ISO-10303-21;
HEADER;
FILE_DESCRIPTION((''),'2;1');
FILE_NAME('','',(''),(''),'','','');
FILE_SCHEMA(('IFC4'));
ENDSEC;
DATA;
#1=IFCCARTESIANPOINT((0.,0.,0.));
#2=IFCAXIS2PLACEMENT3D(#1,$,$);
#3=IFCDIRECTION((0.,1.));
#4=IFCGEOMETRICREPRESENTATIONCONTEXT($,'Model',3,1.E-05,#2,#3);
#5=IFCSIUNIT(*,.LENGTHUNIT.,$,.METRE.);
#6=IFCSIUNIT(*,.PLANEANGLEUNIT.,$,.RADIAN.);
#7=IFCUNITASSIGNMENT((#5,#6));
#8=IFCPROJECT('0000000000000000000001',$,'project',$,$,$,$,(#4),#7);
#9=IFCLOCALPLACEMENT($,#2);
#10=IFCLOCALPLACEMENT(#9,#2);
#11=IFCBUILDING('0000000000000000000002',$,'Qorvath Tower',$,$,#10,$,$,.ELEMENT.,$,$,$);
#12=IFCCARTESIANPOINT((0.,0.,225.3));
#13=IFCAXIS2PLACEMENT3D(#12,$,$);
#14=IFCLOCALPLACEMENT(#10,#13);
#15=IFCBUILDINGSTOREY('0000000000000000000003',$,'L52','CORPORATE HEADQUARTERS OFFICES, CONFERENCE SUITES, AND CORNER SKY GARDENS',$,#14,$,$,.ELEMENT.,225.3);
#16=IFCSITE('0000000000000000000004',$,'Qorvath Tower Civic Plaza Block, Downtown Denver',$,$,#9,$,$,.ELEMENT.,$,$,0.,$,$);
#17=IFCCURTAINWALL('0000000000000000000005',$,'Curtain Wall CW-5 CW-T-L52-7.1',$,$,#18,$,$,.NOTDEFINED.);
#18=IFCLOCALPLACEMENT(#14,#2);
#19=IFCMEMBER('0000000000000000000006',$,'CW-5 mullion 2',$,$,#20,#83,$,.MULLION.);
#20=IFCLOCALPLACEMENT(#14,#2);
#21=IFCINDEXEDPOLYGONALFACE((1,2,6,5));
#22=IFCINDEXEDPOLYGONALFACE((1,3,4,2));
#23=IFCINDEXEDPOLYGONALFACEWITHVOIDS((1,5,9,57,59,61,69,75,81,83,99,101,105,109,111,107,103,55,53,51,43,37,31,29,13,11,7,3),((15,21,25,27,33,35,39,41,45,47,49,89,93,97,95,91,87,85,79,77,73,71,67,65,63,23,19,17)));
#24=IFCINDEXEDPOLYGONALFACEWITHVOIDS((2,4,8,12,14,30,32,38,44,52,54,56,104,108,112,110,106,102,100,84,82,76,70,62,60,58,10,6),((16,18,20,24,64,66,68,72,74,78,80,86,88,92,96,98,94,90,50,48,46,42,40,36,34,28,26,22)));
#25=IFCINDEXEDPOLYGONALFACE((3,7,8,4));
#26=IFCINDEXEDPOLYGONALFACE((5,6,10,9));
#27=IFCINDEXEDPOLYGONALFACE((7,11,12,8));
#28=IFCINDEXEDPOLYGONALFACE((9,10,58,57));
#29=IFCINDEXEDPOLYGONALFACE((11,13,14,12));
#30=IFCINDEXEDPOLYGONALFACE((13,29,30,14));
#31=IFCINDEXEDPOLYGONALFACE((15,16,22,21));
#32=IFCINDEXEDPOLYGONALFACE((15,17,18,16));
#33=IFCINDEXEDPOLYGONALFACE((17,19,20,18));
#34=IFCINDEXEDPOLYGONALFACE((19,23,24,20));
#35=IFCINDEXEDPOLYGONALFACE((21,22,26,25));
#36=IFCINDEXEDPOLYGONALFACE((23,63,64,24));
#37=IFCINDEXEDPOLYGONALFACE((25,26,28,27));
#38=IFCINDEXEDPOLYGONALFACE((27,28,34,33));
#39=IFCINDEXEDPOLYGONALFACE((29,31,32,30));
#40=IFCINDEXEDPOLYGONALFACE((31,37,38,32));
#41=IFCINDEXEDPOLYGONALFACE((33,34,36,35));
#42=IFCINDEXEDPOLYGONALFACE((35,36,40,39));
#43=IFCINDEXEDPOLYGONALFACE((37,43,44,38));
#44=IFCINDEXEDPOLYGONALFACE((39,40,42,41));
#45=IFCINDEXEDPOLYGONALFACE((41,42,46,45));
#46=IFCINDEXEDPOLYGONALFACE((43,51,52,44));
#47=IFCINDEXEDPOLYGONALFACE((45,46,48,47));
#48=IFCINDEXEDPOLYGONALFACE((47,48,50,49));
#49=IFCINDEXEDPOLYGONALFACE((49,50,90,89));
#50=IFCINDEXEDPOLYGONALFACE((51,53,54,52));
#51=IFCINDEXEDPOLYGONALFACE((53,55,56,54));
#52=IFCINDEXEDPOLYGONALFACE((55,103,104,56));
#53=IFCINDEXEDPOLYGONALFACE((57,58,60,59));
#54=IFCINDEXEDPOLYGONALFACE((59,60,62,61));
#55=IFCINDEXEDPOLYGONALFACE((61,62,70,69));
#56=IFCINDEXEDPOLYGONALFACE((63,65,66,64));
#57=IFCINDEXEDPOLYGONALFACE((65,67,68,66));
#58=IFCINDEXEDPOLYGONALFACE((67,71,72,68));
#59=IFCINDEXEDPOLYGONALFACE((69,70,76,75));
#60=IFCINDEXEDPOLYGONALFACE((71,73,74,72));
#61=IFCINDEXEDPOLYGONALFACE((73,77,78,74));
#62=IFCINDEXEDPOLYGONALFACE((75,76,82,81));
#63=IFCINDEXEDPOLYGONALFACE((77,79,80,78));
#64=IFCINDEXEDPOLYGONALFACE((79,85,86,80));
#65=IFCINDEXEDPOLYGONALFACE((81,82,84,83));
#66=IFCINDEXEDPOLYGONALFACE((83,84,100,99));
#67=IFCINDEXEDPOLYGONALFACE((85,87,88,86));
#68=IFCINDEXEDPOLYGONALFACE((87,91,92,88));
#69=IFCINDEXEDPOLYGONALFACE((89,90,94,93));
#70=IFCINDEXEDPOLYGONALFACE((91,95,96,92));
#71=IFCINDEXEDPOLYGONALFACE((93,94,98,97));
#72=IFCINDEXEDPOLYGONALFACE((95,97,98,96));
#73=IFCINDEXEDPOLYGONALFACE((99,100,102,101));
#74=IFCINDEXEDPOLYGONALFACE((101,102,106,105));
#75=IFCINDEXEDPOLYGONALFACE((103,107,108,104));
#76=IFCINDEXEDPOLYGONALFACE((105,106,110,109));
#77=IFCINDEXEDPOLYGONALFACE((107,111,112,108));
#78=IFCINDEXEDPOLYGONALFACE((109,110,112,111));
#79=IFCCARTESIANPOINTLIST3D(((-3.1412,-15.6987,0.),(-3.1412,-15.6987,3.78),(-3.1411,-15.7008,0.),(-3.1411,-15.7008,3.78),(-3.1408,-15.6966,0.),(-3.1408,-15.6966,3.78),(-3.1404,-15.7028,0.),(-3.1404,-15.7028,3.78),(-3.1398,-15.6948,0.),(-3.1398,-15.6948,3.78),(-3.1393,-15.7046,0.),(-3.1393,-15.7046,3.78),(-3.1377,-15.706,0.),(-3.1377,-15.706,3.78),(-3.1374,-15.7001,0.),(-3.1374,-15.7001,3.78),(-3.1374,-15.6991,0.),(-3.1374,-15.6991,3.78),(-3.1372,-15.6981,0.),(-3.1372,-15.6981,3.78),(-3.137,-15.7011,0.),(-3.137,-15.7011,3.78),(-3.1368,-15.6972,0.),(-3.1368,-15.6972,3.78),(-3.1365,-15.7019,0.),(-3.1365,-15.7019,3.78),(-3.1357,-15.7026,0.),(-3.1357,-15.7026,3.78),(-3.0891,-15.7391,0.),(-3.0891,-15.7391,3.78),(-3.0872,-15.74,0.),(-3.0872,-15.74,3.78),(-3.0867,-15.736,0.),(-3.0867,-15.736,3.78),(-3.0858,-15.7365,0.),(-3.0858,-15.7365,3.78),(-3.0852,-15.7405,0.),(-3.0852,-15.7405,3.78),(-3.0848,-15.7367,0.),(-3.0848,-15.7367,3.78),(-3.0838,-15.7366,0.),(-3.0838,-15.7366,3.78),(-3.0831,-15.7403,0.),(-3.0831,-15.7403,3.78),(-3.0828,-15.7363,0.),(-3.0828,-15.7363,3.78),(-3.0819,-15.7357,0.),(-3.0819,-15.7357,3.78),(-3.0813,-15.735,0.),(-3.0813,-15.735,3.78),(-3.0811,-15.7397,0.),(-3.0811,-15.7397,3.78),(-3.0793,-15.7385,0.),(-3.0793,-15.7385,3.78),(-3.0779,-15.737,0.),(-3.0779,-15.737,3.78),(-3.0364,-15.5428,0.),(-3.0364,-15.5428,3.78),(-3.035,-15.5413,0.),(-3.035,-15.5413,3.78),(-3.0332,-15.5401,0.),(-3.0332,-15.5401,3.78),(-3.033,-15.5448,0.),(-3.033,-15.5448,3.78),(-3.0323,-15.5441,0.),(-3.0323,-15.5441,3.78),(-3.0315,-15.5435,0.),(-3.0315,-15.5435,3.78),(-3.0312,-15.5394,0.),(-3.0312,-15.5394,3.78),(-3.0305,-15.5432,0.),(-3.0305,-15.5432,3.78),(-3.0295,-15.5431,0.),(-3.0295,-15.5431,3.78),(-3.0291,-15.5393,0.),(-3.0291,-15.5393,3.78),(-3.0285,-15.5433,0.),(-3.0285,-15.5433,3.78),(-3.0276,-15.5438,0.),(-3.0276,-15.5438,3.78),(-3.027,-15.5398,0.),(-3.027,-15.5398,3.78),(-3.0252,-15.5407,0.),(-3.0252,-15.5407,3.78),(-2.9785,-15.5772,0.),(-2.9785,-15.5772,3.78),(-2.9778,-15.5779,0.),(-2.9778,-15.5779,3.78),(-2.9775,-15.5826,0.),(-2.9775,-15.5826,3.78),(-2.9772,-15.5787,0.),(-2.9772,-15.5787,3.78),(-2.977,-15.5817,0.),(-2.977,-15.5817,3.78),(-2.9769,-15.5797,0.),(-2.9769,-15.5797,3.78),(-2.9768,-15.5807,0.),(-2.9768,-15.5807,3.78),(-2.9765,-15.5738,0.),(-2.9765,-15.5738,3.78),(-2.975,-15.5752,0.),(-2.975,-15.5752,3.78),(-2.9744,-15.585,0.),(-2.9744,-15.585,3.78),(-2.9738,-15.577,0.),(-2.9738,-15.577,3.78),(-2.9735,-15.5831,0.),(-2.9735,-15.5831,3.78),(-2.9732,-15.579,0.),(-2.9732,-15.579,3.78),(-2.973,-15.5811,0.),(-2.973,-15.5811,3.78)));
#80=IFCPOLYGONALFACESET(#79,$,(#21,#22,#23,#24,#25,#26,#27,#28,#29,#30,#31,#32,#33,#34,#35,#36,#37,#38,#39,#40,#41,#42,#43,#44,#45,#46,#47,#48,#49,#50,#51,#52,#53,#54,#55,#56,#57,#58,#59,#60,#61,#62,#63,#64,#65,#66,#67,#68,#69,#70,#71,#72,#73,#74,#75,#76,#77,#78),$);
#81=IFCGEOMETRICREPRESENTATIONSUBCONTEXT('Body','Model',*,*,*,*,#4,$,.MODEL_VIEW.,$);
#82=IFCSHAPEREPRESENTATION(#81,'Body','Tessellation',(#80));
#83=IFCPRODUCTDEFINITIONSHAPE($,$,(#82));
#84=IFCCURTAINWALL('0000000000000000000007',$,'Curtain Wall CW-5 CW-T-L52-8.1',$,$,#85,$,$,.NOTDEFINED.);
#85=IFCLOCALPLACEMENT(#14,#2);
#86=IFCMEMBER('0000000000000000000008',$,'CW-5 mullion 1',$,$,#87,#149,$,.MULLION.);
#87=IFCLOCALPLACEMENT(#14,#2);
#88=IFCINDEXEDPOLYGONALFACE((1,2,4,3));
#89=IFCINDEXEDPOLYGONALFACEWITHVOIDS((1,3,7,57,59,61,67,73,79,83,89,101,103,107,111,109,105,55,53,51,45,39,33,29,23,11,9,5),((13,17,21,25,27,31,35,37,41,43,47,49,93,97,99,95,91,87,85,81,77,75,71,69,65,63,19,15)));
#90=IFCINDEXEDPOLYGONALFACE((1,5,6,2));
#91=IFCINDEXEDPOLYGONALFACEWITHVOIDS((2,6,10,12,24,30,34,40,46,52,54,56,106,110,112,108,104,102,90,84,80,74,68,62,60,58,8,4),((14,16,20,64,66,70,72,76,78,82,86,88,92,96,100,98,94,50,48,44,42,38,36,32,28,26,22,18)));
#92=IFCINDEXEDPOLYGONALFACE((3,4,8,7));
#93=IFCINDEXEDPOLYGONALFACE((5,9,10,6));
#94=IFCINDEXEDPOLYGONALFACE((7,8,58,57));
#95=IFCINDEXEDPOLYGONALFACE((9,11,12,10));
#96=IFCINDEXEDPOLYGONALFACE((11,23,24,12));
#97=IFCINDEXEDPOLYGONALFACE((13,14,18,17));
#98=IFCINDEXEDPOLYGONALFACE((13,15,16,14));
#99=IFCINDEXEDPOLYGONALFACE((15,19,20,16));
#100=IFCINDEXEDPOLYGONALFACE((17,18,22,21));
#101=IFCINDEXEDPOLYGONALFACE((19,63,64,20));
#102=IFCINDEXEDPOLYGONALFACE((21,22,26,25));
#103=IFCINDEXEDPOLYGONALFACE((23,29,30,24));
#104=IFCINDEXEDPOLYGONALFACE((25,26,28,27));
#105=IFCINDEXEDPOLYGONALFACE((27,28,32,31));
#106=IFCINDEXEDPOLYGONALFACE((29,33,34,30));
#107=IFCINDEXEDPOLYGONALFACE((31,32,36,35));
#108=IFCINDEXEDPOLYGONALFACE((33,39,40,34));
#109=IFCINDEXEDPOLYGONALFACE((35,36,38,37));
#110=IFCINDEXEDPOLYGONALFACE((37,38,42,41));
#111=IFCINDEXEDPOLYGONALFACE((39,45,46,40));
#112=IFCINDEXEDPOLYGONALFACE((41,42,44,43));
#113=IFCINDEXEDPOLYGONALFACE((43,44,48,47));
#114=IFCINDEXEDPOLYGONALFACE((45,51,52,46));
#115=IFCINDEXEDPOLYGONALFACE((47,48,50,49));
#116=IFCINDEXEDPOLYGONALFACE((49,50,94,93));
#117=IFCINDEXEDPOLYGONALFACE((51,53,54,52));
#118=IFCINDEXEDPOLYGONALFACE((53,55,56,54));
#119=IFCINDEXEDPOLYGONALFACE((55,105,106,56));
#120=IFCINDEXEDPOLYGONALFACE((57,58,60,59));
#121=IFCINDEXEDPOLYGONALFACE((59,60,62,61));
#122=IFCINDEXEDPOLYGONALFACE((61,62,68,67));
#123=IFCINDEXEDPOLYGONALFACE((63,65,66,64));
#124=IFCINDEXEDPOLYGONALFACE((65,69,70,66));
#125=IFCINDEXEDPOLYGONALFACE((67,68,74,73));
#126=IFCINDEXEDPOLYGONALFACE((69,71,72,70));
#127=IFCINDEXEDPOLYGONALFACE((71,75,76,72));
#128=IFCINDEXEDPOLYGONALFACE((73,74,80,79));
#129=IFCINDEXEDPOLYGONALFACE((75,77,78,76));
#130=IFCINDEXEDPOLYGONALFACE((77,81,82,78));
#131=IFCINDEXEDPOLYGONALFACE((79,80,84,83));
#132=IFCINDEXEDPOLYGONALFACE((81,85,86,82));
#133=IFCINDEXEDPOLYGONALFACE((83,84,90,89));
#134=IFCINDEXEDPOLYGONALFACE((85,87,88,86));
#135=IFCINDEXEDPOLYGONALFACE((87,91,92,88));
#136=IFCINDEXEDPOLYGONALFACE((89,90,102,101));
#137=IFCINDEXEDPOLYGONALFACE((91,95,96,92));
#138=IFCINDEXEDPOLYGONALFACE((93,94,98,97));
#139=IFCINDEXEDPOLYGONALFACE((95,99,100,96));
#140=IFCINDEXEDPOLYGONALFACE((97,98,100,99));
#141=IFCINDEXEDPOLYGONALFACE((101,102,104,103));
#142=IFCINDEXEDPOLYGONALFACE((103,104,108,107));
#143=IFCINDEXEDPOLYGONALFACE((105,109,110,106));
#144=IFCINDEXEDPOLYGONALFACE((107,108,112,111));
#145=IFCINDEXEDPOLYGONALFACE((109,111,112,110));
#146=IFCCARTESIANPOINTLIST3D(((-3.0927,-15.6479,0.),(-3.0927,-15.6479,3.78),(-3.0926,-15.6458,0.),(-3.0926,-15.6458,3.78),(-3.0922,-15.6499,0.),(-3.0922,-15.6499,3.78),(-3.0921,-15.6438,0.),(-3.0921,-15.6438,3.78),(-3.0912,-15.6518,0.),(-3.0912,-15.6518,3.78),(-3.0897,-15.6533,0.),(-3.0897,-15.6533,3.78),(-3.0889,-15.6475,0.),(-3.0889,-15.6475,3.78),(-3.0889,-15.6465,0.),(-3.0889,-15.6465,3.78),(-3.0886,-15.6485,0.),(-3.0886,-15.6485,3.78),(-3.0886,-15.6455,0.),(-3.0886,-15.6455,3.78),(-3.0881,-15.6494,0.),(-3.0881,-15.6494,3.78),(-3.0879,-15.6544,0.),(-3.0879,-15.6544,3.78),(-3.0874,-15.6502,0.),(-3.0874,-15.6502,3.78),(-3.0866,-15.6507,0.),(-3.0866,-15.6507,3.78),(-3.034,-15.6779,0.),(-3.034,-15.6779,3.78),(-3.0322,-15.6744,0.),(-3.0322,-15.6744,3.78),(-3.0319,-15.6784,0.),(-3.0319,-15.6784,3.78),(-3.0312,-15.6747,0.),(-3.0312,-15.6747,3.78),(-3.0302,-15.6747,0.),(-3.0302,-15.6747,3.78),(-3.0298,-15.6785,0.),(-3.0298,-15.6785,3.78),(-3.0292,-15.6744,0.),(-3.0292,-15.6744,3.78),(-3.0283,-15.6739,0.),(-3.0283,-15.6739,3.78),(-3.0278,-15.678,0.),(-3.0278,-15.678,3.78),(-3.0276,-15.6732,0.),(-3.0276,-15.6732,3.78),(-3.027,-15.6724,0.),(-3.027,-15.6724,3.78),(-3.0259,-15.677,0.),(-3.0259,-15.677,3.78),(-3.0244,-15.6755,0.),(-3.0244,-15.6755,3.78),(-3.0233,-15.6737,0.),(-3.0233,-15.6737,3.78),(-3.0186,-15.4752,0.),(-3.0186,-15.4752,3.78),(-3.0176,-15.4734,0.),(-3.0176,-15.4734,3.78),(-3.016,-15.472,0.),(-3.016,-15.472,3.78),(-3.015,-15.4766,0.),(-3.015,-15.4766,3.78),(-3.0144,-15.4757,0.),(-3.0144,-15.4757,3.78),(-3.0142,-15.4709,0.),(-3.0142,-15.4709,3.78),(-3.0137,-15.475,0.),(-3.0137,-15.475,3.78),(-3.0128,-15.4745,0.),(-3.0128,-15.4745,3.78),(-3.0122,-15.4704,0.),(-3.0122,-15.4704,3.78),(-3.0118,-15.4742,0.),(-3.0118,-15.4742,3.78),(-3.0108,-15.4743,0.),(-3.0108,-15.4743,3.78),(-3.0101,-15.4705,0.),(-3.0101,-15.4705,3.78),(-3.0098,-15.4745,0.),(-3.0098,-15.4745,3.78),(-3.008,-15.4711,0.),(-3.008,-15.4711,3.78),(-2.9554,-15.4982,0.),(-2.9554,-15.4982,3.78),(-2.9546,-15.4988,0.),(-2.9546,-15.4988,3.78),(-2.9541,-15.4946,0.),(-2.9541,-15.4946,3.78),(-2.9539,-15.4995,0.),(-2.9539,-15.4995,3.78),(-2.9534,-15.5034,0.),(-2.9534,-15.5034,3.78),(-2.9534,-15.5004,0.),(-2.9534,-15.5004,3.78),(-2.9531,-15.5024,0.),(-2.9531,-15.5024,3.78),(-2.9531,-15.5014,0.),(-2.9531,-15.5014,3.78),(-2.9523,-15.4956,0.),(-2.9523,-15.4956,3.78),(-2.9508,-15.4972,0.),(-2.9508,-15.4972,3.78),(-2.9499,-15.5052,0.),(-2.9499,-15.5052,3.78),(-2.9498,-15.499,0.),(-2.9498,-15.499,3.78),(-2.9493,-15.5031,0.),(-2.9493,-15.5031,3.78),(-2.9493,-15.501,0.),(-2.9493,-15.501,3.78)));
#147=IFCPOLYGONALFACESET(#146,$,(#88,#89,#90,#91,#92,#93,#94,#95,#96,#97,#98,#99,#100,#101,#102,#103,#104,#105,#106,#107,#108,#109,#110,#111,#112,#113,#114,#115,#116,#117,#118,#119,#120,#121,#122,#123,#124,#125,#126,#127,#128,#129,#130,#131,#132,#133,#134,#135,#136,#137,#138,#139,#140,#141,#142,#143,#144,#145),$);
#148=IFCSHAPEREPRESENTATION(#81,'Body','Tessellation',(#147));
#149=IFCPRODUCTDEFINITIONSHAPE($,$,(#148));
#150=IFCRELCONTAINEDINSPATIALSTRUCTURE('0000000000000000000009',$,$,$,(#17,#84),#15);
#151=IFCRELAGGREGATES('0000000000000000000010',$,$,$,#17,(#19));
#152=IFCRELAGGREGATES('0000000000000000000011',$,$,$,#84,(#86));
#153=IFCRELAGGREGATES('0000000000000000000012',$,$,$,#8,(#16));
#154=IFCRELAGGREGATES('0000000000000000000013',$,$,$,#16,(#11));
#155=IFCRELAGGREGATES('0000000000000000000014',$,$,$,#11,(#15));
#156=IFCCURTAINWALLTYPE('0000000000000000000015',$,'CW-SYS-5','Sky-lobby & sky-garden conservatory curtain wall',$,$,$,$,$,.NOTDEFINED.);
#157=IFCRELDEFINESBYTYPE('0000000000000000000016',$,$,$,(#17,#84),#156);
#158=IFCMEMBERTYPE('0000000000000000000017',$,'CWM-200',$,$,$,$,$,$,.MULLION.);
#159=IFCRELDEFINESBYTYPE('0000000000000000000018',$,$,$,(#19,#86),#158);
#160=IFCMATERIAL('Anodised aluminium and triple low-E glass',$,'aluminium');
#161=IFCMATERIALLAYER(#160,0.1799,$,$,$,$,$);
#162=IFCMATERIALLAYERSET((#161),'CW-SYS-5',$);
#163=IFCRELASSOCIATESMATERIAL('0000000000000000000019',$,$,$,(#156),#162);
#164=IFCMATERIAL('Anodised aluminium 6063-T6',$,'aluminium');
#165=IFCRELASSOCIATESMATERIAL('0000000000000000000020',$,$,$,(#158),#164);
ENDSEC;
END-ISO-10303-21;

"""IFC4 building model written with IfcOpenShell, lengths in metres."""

from ifc_helpers import new_model, si_unit, direction, frame, origin, origin_2d, place, context, subcontext, project, spatial, hollow_rectangle, extrude, material, layer, layer_set, material_profile, profile_set, type_object, element, aggregate, save


model = new_model("IFC4")

# Units and contexts
model_context = context("Model", 3, precision=1e-05, world=origin(), true_north=direction((0.0, 1.0)))
body_context = subcontext(model_context, "Body", "Model", "MODEL_VIEW")
ifc_project = project(units=[si_unit("LENGTHUNIT", "METRE"), si_unit("PLANEANGLEUNIT", "RADIAN")], contexts=[model_context])

# Site, building, storey
site_placement = place(None, origin())
site = spatial("IfcSite", under=ifc_project, at=site_placement, Name="Qorvath Tower Civic Plaza Block, Downtown Denver", CompositionType="ELEMENT", RefElevation=0.0)
building_placement = place(site_placement, origin())
building = spatial("IfcBuilding", under=site, at=building_placement, Name="Qorvath Tower", CompositionType="ELEMENT")
storey_placement = place(building_placement, frame((0.0, 0.0, 225.3)))
storey = spatial("IfcBuildingStorey", under=building, at=storey_placement, Name="L52", Description="CORPORATE HEADQUARTERS OFFICES, CONFERENCE SUITES, AND CORNER SKY GARDENS", CompositionType="ELEMENT", Elevation=225.3)

# Curtain wall, member
ifc_material_1 = material(Name="Anodised aluminium and triple low-E glass", Category="aluminium")
ifc_layer_1 = layer(ifc_material_1, 0.1799)
ifc_layer_set_1 = layer_set([ifc_layer_1], Name="CW-SYS-5")
curtain_wall_type = type_object("IfcCurtainWallType", Name="CW-SYS-5", Description="Sky-lobby & sky-garden conservatory curtain wall", PredefinedType="NOTDEFINED", material=ifc_layer_set_1)
curtain_wall_1_placement = place(storey_placement, origin())
curtain_wall_1 = element("IfcCurtainWall", 1, at=curtain_wall_1_placement, inside=storey, type_object=curtain_wall_type, Name="Curtain Wall CW-5 CW-T-L52-7.1", PredefinedType="NOTDEFINED")
ifc_material_2 = material(Name="Anodised aluminium 6063-T6", Category="aluminium")
ifc_material_profile_1 = material_profile(ifc_material_2, hollow_rectangle(XDim=0.075, YDim=0.2, WallThickness=0.0039, InnerFilletRadius=0.0039, OuterFilletRadius=0.0081, at=origin_2d()), Name="CWM 200x75")
ifc_profile_set_1 = profile_set([ifc_material_profile_1], Name="Anodised aluminium 6063-T6")
member_type_1 = type_object("IfcMemberType", Name="CWM-200", PredefinedType="MULLION", material=ifc_profile_set_1)
member_1_placement = place(storey_placement, frame((-3.0571, -15.6399, 0.0), z_axis=(0.0, 0.0, 1.0), x_axis=(-0.826491, 0.56295, 0.0)))
member_1 = element("IfcMember", 2, at=member_1_placement, type_object=member_type_1, Name="CW-5 mullion 2", PredefinedType="MULLION", context=body_context, shape_type="SweptSolid", body=[
    extrude(hollow_rectangle(XDim=0.075, YDim=0.2, WallThickness=0.0039, InnerFilletRadius=0.0039, OuterFilletRadius=0.0081, at=origin_2d()), origin(), (0.0, 0.0, 1.0), 3.78),
])
aggregate(curtain_wall_1, [member_1])

# Curtain wall, member
curtain_wall_2_placement = place(storey_placement, origin())
curtain_wall_2 = element("IfcCurtainWall", 3, at=curtain_wall_2_placement, inside=storey, type_object=curtain_wall_type, Name="Curtain Wall CW-5 CW-T-L52-8.1", PredefinedType="NOTDEFINED")
member_2_placement = place(storey_placement, frame((-3.021, -15.5745, 0.0), z_axis=(0.0, 0.0, 1.0), x_axis=(-0.916785, 0.399382, 0.0)))
member_2 = element("IfcMember", 4, at=member_2_placement, type_object=member_type_1, Name="CW-5 mullion 1", PredefinedType="MULLION", context=body_context, shape_type="SweptSolid", body=[
    extrude(hollow_rectangle(XDim=0.075, YDim=0.2, WallThickness=0.0039, InnerFilletRadius=0.0039, OuterFilletRadius=0.0081, at=origin_2d()), origin(), (0.0, 0.0, 1.0), 3.78),
])

aggregate(curtain_wall_2, [member_2])

save(model, "model.ifc")
